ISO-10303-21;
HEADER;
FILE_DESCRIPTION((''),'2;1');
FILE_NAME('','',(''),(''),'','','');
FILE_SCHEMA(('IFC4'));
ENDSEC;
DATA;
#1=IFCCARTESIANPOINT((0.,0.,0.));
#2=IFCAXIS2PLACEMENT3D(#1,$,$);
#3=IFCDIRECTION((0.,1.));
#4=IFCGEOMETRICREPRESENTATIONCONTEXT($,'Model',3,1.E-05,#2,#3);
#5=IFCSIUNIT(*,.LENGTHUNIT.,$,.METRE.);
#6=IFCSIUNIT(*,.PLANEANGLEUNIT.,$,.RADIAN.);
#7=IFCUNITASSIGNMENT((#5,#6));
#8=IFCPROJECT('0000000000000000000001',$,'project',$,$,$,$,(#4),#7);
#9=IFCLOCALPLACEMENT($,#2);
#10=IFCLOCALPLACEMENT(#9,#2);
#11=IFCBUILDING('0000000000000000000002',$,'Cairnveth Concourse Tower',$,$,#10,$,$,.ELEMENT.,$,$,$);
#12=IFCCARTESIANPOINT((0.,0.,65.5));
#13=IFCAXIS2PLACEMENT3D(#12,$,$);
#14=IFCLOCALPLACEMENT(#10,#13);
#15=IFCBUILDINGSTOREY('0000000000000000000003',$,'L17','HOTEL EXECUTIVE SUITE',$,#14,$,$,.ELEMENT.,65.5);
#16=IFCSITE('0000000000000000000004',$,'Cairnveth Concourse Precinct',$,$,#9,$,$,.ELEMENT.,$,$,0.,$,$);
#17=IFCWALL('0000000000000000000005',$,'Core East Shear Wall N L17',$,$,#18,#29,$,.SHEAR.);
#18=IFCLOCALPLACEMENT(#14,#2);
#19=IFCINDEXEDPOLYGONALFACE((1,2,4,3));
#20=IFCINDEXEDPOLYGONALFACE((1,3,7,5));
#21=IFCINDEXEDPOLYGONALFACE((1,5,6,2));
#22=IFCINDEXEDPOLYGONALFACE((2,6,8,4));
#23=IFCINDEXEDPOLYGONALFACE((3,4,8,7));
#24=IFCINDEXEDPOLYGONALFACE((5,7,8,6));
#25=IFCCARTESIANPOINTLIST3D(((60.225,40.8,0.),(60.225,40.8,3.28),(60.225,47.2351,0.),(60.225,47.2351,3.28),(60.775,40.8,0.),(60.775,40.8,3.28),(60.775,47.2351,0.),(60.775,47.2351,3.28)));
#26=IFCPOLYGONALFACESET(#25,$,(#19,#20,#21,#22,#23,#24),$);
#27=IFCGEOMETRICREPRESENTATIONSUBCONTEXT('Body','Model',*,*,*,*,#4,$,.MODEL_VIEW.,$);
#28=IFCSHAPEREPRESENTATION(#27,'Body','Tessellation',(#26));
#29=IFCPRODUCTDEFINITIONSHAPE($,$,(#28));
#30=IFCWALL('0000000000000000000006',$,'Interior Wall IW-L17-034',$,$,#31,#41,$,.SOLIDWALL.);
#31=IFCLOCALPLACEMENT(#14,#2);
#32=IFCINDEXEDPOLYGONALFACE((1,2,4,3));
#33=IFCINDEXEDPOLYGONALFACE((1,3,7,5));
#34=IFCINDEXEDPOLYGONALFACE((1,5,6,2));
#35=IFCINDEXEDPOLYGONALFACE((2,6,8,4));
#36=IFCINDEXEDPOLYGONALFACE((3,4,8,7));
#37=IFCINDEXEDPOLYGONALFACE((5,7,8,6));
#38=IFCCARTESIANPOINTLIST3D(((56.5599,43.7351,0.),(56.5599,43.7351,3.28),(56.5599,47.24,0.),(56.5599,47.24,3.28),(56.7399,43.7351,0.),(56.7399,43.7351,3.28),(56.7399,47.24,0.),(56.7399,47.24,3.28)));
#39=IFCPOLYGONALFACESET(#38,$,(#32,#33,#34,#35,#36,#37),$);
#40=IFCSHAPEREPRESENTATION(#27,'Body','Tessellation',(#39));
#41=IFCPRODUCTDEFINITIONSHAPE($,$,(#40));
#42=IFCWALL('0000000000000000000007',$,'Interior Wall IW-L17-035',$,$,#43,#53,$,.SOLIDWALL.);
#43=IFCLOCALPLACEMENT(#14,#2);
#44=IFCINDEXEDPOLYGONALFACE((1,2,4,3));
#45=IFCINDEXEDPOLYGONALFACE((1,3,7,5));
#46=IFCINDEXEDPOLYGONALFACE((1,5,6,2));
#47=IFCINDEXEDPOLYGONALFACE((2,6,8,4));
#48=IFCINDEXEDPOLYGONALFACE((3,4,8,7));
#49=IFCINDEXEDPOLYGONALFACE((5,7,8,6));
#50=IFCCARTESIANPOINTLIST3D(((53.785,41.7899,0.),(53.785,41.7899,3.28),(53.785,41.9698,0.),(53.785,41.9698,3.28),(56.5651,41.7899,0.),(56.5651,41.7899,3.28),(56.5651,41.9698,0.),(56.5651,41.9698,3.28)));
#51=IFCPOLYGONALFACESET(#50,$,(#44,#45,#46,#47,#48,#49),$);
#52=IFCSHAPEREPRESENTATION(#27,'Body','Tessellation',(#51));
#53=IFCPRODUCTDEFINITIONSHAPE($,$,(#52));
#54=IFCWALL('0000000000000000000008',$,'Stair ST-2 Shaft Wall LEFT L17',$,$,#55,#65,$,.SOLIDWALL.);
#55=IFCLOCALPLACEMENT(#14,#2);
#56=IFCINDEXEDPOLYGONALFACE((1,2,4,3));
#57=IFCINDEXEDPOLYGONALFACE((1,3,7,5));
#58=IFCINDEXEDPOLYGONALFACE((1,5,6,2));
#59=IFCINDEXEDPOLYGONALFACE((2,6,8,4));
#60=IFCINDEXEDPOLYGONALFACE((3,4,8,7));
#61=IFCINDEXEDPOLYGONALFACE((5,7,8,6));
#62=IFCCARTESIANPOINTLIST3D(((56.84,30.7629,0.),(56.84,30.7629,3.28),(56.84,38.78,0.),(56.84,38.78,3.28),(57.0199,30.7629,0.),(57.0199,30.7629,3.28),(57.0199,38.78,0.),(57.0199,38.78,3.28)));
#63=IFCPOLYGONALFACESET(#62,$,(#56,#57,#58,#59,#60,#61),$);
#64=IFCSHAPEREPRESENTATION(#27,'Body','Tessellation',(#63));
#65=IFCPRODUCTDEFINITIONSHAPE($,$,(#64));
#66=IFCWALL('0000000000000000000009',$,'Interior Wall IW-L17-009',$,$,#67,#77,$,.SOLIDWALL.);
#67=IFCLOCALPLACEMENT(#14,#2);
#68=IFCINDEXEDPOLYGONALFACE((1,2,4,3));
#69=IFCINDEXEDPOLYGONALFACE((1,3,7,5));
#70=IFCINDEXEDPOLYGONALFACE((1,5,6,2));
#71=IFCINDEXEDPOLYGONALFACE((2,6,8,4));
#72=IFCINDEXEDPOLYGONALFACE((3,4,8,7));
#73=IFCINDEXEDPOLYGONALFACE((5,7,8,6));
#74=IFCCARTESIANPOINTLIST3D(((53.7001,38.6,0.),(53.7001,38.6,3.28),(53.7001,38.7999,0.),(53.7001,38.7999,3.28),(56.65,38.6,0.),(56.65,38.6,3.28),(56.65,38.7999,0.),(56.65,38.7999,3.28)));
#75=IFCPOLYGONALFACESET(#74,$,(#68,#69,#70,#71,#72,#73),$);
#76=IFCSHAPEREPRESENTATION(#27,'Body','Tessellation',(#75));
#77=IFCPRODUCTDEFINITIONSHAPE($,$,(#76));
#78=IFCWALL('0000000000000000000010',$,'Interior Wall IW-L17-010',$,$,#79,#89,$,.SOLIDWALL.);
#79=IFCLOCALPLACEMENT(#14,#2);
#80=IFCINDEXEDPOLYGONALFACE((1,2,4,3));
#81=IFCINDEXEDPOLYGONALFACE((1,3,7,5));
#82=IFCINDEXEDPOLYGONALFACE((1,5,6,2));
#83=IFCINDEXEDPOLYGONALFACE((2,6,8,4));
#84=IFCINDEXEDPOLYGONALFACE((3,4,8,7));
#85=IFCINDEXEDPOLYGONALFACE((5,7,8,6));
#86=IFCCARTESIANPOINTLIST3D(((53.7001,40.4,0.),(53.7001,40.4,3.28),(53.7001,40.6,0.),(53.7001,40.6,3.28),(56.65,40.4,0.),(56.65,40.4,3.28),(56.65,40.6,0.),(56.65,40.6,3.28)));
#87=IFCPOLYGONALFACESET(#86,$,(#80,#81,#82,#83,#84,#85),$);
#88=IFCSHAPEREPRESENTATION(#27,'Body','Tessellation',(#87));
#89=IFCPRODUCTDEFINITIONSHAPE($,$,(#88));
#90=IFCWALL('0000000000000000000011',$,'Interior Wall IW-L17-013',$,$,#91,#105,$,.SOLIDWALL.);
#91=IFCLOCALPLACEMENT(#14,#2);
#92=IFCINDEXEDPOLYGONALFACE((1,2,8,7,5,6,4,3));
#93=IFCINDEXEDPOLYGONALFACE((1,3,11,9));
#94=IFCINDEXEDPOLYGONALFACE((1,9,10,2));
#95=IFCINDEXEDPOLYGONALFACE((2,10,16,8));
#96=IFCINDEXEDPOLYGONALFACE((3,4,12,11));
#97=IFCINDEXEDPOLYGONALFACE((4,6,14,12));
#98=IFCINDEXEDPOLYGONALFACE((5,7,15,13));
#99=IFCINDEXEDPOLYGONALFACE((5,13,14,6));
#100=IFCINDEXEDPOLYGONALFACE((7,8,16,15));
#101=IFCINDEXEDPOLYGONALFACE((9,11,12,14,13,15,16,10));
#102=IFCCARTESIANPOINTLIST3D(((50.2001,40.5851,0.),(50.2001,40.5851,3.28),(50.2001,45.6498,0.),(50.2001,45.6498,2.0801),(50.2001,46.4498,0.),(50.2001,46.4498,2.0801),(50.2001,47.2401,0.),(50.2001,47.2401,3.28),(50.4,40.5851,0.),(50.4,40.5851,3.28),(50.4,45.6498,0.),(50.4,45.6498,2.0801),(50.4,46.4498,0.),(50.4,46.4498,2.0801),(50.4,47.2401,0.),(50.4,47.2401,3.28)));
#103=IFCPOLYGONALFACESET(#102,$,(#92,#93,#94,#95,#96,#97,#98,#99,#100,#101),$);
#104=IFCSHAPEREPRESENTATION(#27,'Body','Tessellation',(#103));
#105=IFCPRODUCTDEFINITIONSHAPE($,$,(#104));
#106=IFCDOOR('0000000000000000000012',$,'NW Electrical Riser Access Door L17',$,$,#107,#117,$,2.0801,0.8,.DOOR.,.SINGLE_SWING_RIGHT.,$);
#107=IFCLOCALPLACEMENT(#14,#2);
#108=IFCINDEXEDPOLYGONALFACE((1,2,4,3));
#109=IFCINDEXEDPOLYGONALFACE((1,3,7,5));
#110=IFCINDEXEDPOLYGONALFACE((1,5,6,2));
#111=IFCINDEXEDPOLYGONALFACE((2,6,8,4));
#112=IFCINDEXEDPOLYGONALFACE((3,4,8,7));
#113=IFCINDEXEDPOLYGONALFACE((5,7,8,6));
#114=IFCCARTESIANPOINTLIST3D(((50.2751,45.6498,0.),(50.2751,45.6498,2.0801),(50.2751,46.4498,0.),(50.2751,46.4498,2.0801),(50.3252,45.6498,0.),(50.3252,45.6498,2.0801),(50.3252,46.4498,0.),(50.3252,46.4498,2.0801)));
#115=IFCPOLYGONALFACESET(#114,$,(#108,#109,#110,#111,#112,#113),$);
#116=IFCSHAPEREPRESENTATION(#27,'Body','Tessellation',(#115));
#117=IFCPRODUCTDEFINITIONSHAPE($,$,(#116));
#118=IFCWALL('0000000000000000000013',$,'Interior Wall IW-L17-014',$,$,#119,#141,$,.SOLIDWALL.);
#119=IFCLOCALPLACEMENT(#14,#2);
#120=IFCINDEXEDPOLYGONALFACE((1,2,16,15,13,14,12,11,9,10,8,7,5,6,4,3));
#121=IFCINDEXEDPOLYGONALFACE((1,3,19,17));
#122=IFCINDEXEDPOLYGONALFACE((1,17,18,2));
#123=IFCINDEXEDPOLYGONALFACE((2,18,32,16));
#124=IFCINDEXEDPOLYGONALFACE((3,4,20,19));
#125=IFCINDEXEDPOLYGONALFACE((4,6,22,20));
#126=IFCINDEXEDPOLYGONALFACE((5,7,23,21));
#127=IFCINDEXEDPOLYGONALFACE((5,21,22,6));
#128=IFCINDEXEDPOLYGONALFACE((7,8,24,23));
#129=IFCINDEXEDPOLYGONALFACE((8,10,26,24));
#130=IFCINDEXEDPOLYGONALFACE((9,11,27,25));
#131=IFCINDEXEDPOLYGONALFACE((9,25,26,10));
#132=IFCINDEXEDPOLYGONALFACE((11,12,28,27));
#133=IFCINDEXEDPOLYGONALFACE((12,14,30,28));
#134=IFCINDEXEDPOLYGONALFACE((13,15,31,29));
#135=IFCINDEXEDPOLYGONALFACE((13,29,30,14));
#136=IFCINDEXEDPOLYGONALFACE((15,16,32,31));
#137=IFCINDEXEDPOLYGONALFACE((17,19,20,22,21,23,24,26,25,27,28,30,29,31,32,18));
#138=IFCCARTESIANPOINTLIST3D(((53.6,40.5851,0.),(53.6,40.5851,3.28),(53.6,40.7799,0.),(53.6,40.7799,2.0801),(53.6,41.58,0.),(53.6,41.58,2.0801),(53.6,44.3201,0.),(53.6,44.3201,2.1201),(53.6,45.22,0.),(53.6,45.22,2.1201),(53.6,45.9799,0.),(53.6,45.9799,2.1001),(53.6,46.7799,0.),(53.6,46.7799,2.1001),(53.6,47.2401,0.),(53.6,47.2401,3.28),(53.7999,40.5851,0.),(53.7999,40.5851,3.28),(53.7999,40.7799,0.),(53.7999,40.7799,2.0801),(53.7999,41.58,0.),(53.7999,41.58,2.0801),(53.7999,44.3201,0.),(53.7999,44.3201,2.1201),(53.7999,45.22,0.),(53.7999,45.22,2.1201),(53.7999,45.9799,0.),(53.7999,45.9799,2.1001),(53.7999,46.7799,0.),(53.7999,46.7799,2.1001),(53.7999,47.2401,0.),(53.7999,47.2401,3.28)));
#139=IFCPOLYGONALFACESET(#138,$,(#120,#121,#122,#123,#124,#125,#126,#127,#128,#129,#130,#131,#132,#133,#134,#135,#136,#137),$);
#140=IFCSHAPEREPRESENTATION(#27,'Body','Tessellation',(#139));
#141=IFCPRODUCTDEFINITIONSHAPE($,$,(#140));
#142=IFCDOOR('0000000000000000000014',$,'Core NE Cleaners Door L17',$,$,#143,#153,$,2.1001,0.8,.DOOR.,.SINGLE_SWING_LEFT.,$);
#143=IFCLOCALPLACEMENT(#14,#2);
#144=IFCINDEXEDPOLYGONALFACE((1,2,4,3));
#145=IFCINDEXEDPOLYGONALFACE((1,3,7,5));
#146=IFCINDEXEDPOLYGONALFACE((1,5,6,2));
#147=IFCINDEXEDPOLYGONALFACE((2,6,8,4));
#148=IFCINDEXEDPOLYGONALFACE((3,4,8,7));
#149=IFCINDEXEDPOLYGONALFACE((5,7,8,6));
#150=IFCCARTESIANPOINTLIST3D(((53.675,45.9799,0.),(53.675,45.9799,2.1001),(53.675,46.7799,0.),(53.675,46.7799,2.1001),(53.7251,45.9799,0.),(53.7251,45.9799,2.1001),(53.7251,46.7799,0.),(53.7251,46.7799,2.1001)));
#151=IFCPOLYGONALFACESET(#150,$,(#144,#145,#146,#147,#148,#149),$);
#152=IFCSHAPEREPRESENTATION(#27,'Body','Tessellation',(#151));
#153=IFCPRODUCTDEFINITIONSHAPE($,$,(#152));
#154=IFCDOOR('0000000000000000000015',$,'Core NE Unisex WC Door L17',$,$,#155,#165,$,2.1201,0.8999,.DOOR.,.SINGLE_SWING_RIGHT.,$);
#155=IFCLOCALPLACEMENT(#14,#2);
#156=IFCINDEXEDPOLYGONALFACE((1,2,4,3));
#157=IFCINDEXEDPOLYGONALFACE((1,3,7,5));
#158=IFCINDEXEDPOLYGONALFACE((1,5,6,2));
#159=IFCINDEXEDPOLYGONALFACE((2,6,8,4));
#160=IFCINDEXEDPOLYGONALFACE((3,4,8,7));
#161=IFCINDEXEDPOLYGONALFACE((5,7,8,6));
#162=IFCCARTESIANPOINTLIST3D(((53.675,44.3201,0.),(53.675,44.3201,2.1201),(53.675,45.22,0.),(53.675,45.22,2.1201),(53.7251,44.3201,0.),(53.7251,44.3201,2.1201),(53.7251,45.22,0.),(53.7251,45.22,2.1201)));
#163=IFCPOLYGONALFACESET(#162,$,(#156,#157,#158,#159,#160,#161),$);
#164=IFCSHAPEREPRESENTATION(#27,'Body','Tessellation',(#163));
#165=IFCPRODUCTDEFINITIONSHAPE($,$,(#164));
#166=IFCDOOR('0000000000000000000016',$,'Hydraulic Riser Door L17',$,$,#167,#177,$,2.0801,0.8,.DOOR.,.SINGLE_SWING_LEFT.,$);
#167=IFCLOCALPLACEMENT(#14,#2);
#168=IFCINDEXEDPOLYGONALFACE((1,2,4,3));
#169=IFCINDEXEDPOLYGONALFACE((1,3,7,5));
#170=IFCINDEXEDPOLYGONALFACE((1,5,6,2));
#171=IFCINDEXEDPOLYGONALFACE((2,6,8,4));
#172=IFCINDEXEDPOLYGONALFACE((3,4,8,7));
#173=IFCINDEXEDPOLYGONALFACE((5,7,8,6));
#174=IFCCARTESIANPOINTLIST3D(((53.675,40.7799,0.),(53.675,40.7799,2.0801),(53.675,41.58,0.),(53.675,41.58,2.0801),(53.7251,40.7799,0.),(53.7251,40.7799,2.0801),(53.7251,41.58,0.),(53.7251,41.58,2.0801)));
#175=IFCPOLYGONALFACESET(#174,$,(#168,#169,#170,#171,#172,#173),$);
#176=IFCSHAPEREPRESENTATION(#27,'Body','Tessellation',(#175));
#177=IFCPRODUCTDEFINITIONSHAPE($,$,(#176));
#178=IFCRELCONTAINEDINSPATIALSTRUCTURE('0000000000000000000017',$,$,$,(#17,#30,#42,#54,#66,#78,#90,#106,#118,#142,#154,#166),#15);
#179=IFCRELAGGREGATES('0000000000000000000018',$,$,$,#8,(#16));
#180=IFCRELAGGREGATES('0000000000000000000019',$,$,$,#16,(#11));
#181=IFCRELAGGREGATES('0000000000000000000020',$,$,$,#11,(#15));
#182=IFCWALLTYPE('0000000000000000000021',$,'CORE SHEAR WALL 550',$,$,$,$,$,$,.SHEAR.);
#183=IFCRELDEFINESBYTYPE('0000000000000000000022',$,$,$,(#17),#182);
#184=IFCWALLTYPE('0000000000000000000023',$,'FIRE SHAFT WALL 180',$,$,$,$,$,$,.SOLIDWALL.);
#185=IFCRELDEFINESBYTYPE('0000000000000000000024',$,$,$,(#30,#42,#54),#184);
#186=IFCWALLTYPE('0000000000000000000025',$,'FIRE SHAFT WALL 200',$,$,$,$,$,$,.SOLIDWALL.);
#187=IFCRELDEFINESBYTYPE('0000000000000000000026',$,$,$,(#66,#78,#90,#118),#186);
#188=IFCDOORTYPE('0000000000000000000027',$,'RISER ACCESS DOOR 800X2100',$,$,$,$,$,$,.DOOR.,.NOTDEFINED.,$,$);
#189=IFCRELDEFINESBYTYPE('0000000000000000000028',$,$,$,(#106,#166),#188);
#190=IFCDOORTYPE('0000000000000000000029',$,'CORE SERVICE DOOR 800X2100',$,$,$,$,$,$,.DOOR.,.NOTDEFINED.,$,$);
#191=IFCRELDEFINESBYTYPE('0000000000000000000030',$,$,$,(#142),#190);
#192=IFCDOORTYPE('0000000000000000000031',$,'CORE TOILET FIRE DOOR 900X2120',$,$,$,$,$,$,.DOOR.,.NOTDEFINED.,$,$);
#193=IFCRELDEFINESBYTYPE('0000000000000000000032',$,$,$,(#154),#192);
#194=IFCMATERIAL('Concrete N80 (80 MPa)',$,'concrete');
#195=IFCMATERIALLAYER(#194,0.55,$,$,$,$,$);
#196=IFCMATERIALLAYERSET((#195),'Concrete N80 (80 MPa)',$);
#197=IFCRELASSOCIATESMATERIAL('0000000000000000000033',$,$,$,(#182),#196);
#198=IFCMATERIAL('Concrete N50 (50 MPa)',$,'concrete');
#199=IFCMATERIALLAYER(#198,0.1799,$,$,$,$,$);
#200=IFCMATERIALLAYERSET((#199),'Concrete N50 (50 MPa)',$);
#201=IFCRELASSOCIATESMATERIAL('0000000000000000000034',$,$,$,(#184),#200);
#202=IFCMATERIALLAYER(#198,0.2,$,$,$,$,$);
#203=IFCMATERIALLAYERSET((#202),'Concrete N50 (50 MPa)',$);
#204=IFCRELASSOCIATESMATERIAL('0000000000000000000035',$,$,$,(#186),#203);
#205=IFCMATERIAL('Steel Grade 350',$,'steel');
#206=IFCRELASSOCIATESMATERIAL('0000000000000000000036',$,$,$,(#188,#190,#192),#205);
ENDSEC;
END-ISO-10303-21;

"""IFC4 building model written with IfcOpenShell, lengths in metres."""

from ifc_helpers import new_model, si_unit, direction, frame, frame_2d, origin, place, context, subcontext, project, spatial, rectangle, extrude, material, layer, layer_set, type_object, element, fill, save


model = new_model("IFC4")

# Units and contexts
model_context = context("Model", 3, precision=1e-05, world=origin(), true_north=direction((0.0, 1.0)))
body_context = subcontext(model_context, "Body", "Model", "MODEL_VIEW")
ifc_project = project(units=[si_unit("LENGTHUNIT", "METRE"), si_unit("PLANEANGLEUNIT", "RADIAN")], contexts=[model_context])

# Site, building, storey
site_placement = place(None, origin())
site = spatial("IfcSite", under=ifc_project, at=site_placement, Name="Cairnveth Concourse Precinct", CompositionType="ELEMENT", RefElevation=0.0)
building_placement = place(site_placement, origin())
building = spatial("IfcBuilding", under=site, at=building_placement, Name="Cairnveth Concourse Tower", CompositionType="ELEMENT")
storey_placement = place(building_placement, frame((0.0, 0.0, 65.5)))
storey = spatial("IfcBuildingStorey", under=building, at=storey_placement, Name="L17", Description="HOTEL EXECUTIVE SUITE", CompositionType="ELEMENT", Elevation=65.5)

# Walls
ifc_material_1 = material(Name="Concrete N80 (80 MPa)", Category="concrete")
ifc_layer_1 = layer(ifc_material_1, 0.55)
ifc_layer_set_1 = layer_set([ifc_layer_1], Name="Concrete N80 (80 MPa)")
wall_type_1 = type_object("IfcWallType", Name="CORE SHEAR WALL 550", PredefinedType="SHEAR", material=ifc_layer_set_1)
wall_1_placement = place(storey_placement, frame((60.5, 40.8, 0.0), z_axis=(0.0, 0.0, 1.0), x_axis=(0.0, 1.0, 0.0)))
element("IfcWall", 1, at=wall_1_placement, inside=storey, type_object=wall_type_1, Name="Core East Shear Wall N L17", PredefinedType="SHEAR", context=body_context, shape_type="SweptSolid", body=[
    extrude(rectangle(XDim=6.4351, YDim=0.55, at=frame_2d((3.2175, 0.0))), origin(), (0.0, 0.0, 1.0), 3.28),
])
ifc_material_2 = material(Name="Concrete N50 (50 MPa)", Category="concrete")
ifc_layer_2 = layer(ifc_material_2, 0.1799)
ifc_layer_set_2 = layer_set([ifc_layer_2], Name="Concrete N50 (50 MPa)")
wall_type_2 = type_object("IfcWallType", Name="FIRE SHAFT WALL 180", PredefinedType="SOLIDWALL", material=ifc_layer_set_2)
wall_2_placement = place(storey_placement, frame((56.6499, 43.7351, 0.0), z_axis=(0.0, 0.0, 1.0), x_axis=(0.0, 1.0, 0.0)))
element("IfcWall", 2, at=wall_2_placement, inside=storey, type_object=wall_type_2, Name="Interior Wall IW-L17-034", PredefinedType="SOLIDWALL", context=body_context, shape_type="SweptSolid", body=[
    extrude(rectangle(XDim=3.5049, YDim=0.1799, at=frame_2d((1.7524, 0.0))), origin(), (0.0, 0.0, 1.0), 3.28),
])
wall_3_placement = place(storey_placement, frame((53.7849, 41.8799, 0.0), z_axis=(0.0, 0.0, 1.0), x_axis=(1.0, 0.0, 0.0)))
element("IfcWall", 3, at=wall_3_placement, inside=storey, type_object=wall_type_2, Name="Interior Wall IW-L17-035", PredefinedType="SOLIDWALL", context=body_context, shape_type="SweptSolid", body=[
    extrude(rectangle(XDim=2.78, YDim=0.1799, at=frame_2d((1.3901, 0.0))), origin(), (0.0, 0.0, 1.0), 3.28),
])

# Shared definitions
ifc_material_3 = material(Name="Steel Grade 350", Category="steel")

# Walls
wall_4_placement = place(storey_placement, frame((56.9299, 38.78, 0.0), z_axis=(0.0, 0.0, 1.0), x_axis=(0.0, -1.0, 0.0)))
element("IfcWall", 4, at=wall_4_placement, inside=storey, type_object=wall_type_2, Name="Stair ST-2 Shaft Wall LEFT L17", PredefinedType="SOLIDWALL", context=body_context, shape_type="SweptSolid", body=[
    extrude(rectangle(XDim=8.0171, YDim=0.1799, at=frame_2d((4.0085, 0.0))), origin(), (0.0, 0.0, 1.0), 3.28),
])
ifc_layer_3 = layer(ifc_material_2, 0.2)
ifc_layer_set_3 = layer_set([ifc_layer_3], Name="Concrete N50 (50 MPa)")
wall_type_3 = type_object("IfcWallType", Name="FIRE SHAFT WALL 200", PredefinedType="SOLIDWALL", material=ifc_layer_set_3)
for number, where, z_axis, x_axis, name in (
    (5, (53.7, 38.7, 0.0), (0.0, 0.0, 1.0), (1.0, 0.0, 0.0), "Interior Wall IW-L17-009"),
    (6, (53.7, 40.5, 0.0), (0.0, 0.0, 1.0), (1.0, 0.0, 0.0), "Interior Wall IW-L17-010"),
):
    element("IfcWall", number, at=place(storey_placement, frame(where, z_axis=z_axis, x_axis=x_axis)), inside=storey, type_object=wall_type_3, Name=name, PredefinedType="SOLIDWALL", context=body_context, shape_type="SweptSolid", body=[
        extrude(rectangle(XDim=2.95, YDim=0.2, at=frame_2d((1.4751, 0.0))), origin(), (0.0, 0.0, 1.0), 3.28),
    ])

# Wall, opening, door
wall_5_placement = place(storey_placement, frame((50.3, 40.585, 0.0), z_axis=(0.0, 0.0, 1.0), x_axis=(0.0, 1.0, 0.0)))
wall_5 = element("IfcWall", 7, at=wall_5_placement, inside=storey, type_object=wall_type_3, Name="Interior Wall IW-L17-013", PredefinedType="SOLIDWALL", context=body_context, shape_type="SweptSolid", body=[
    extrude(rectangle(XDim=6.655, YDim=0.2, at=frame_2d((3.3276, 0.0))), origin(), (0.0, 0.0, 1.0), 3.28),
])
opening_1_placement = place(wall_5_placement, frame((5.0649, 0.0, 0.0)))
opening_1 = element("IfcOpeningElement", 8, at=opening_1_placement, cuts=wall_5, PredefinedType="OPENING", context=body_context, shape_type="SweptSolid", body=[
    extrude(rectangle(XDim=0.8, YDim=2.0801, at=frame_2d((0.3999, 1.04))), frame((0.0, 0.1099, 0.0), z_axis=(0.0, -1.0, 0.0), x_axis=(1.0, 0.0, 0.0)), (0.0, 0.0, 1.0), 0.22),
])
door_type_1 = type_object("IfcDoorType", Name="RISER ACCESS DOOR 800X2100", OperationType="NOTDEFINED", PredefinedType="DOOR", material=ifc_material_3)
door_1_placement = place(opening_1_placement, origin())
door_1 = element("IfcDoor", 9, at=door_1_placement, inside=storey, type_object=door_type_1, Name="NW Electrical Riser Access Door L17", OperationType="SINGLE_SWING_RIGHT", OverallHeight=2.0801, OverallWidth=0.8, PredefinedType="DOOR", context=body_context, shape_type="SweptSolid", body=[
    extrude(rectangle(XDim=0.8, YDim=2.0801, at=frame_2d((0.3999, 1.04))), frame((0.0, 0.0249, 0.0), z_axis=(0.0, -1.0, 0.0), x_axis=(1.0, 0.0, 0.0)), (0.0, 0.0, 1.0), 0.05),
])
fill(opening_1, door_1)

# Wall, openings, doors
wall_6_placement = place(storey_placement, frame((53.7, 40.585, 0.0), z_axis=(0.0, 0.0, 1.0), x_axis=(0.0, 1.0, 0.0)))
wall_6 = element("IfcWall", 10, at=wall_6_placement, inside=storey, type_object=wall_type_3, Name="Interior Wall IW-L17-014", PredefinedType="SOLIDWALL", context=body_context, shape_type="SweptSolid", body=[
    extrude(rectangle(XDim=6.655, YDim=0.2, at=frame_2d((3.3276, 0.0))), origin(), (0.0, 0.0, 1.0), 3.28),
])
opening_2_placement = place(wall_6_placement, frame((0.1951, 0.0, 0.0)))
opening_2 = element("IfcOpeningElement", 11, at=opening_2_placement, cuts=wall_6, PredefinedType="OPENING", context=body_context, shape_type="SweptSolid", body=[
    extrude(rectangle(XDim=0.8, YDim=2.0801, at=frame_2d((0.3999, 1.04))), frame((0.0, 0.1099, 0.0), z_axis=(0.0, -1.0, 0.0), x_axis=(1.0, 0.0, 0.0)), (0.0, 0.0, 1.0), 0.22),
])
opening_3_placement = place(wall_6_placement, frame((3.7351, 0.0, 0.0)))
opening_3 = element("IfcOpeningElement", 12, at=opening_3_placement, cuts=wall_6, PredefinedType="OPENING", context=body_context, shape_type="SweptSolid", body=[
    extrude(rectangle(XDim=0.8999, YDim=2.1201, at=frame_2d((0.45, 1.0601))), frame((0.0, 0.1099, 0.0), z_axis=(0.0, -1.0, 0.0), x_axis=(1.0, 0.0, 0.0)), (0.0, 0.0, 1.0), 0.22),
])
opening_4_placement = place(wall_6_placement, frame((5.395, 0.0, 0.0)))
opening_4 = element("IfcOpeningElement", 13, at=opening_4_placement, cuts=wall_6, PredefinedType="OPENING", context=body_context, shape_type="SweptSolid", body=[
    extrude(rectangle(XDim=0.8, YDim=2.1001, at=frame_2d((0.3999, 1.05))), frame((0.0, 0.1099, 0.0), z_axis=(0.0, -1.0, 0.0), x_axis=(1.0, 0.0, 0.0)), (0.0, 0.0, 1.0), 0.22),
])
door_type_2 = type_object("IfcDoorType", Name="CORE SERVICE DOOR 800X2100", OperationType="NOTDEFINED", PredefinedType="DOOR", material=ifc_material_3)
door_2_placement = place(opening_4_placement, origin())
door_2 = element("IfcDoor", 14, at=door_2_placement, inside=storey, type_object=door_type_2, Name="Core NE Cleaners Door L17", OperationType="SINGLE_SWING_LEFT", OverallHeight=2.1001, OverallWidth=0.8, PredefinedType="DOOR", context=body_context, shape_type="SweptSolid", body=[
    extrude(rectangle(XDim=0.8, YDim=2.1001, at=frame_2d((0.3999, 1.05))), frame((0.0, 0.0249, 0.0), z_axis=(0.0, -1.0, 0.0), x_axis=(1.0, 0.0, 0.0)), (0.0, 0.0, 1.0), 0.05),
])
fill(opening_4, door_2)
door_type_3 = type_object("IfcDoorType", Name="CORE TOILET FIRE DOOR 900X2120", OperationType="NOTDEFINED", PredefinedType="DOOR", material=ifc_material_3)
door_3_placement = place(opening_3_placement, origin())
door_3 = element("IfcDoor", 15, at=door_3_placement, inside=storey, type_object=door_type_3, Name="Core NE Unisex WC Door L17", OperationType="SINGLE_SWING_RIGHT", OverallHeight=2.1201, OverallWidth=0.8999, PredefinedType="DOOR", context=body_context, shape_type="SweptSolid", body=[
    extrude(rectangle(XDim=0.8999, YDim=2.1201, at=frame_2d((0.45, 1.0601))), frame((0.0, 0.0249, 0.0), z_axis=(0.0, -1.0, 0.0), x_axis=(1.0, 0.0, 0.0)), (0.0, 0.0, 1.0), 0.05),
])
fill(opening_3, door_3)
door_4_placement = place(opening_2_placement, origin())
door_4 = element("IfcDoor", 16, at=door_4_placement, inside=storey, type_object=door_type_1, Name="Hydraulic Riser Door L17", OperationType="SINGLE_SWING_LEFT", OverallHeight=2.0801, OverallWidth=0.8, PredefinedType="DOOR", context=body_context, shape_type="SweptSolid", body=[
    extrude(rectangle(XDim=0.8, YDim=2.0801, at=frame_2d((0.3999, 1.04))), frame((0.0, 0.0249, 0.0), z_axis=(0.0, -1.0, 0.0), x_axis=(1.0, 0.0, 0.0)), (0.0, 0.0, 1.0), 0.05),
])
fill(opening_2, door_4)

save(model, "model.ifc")
